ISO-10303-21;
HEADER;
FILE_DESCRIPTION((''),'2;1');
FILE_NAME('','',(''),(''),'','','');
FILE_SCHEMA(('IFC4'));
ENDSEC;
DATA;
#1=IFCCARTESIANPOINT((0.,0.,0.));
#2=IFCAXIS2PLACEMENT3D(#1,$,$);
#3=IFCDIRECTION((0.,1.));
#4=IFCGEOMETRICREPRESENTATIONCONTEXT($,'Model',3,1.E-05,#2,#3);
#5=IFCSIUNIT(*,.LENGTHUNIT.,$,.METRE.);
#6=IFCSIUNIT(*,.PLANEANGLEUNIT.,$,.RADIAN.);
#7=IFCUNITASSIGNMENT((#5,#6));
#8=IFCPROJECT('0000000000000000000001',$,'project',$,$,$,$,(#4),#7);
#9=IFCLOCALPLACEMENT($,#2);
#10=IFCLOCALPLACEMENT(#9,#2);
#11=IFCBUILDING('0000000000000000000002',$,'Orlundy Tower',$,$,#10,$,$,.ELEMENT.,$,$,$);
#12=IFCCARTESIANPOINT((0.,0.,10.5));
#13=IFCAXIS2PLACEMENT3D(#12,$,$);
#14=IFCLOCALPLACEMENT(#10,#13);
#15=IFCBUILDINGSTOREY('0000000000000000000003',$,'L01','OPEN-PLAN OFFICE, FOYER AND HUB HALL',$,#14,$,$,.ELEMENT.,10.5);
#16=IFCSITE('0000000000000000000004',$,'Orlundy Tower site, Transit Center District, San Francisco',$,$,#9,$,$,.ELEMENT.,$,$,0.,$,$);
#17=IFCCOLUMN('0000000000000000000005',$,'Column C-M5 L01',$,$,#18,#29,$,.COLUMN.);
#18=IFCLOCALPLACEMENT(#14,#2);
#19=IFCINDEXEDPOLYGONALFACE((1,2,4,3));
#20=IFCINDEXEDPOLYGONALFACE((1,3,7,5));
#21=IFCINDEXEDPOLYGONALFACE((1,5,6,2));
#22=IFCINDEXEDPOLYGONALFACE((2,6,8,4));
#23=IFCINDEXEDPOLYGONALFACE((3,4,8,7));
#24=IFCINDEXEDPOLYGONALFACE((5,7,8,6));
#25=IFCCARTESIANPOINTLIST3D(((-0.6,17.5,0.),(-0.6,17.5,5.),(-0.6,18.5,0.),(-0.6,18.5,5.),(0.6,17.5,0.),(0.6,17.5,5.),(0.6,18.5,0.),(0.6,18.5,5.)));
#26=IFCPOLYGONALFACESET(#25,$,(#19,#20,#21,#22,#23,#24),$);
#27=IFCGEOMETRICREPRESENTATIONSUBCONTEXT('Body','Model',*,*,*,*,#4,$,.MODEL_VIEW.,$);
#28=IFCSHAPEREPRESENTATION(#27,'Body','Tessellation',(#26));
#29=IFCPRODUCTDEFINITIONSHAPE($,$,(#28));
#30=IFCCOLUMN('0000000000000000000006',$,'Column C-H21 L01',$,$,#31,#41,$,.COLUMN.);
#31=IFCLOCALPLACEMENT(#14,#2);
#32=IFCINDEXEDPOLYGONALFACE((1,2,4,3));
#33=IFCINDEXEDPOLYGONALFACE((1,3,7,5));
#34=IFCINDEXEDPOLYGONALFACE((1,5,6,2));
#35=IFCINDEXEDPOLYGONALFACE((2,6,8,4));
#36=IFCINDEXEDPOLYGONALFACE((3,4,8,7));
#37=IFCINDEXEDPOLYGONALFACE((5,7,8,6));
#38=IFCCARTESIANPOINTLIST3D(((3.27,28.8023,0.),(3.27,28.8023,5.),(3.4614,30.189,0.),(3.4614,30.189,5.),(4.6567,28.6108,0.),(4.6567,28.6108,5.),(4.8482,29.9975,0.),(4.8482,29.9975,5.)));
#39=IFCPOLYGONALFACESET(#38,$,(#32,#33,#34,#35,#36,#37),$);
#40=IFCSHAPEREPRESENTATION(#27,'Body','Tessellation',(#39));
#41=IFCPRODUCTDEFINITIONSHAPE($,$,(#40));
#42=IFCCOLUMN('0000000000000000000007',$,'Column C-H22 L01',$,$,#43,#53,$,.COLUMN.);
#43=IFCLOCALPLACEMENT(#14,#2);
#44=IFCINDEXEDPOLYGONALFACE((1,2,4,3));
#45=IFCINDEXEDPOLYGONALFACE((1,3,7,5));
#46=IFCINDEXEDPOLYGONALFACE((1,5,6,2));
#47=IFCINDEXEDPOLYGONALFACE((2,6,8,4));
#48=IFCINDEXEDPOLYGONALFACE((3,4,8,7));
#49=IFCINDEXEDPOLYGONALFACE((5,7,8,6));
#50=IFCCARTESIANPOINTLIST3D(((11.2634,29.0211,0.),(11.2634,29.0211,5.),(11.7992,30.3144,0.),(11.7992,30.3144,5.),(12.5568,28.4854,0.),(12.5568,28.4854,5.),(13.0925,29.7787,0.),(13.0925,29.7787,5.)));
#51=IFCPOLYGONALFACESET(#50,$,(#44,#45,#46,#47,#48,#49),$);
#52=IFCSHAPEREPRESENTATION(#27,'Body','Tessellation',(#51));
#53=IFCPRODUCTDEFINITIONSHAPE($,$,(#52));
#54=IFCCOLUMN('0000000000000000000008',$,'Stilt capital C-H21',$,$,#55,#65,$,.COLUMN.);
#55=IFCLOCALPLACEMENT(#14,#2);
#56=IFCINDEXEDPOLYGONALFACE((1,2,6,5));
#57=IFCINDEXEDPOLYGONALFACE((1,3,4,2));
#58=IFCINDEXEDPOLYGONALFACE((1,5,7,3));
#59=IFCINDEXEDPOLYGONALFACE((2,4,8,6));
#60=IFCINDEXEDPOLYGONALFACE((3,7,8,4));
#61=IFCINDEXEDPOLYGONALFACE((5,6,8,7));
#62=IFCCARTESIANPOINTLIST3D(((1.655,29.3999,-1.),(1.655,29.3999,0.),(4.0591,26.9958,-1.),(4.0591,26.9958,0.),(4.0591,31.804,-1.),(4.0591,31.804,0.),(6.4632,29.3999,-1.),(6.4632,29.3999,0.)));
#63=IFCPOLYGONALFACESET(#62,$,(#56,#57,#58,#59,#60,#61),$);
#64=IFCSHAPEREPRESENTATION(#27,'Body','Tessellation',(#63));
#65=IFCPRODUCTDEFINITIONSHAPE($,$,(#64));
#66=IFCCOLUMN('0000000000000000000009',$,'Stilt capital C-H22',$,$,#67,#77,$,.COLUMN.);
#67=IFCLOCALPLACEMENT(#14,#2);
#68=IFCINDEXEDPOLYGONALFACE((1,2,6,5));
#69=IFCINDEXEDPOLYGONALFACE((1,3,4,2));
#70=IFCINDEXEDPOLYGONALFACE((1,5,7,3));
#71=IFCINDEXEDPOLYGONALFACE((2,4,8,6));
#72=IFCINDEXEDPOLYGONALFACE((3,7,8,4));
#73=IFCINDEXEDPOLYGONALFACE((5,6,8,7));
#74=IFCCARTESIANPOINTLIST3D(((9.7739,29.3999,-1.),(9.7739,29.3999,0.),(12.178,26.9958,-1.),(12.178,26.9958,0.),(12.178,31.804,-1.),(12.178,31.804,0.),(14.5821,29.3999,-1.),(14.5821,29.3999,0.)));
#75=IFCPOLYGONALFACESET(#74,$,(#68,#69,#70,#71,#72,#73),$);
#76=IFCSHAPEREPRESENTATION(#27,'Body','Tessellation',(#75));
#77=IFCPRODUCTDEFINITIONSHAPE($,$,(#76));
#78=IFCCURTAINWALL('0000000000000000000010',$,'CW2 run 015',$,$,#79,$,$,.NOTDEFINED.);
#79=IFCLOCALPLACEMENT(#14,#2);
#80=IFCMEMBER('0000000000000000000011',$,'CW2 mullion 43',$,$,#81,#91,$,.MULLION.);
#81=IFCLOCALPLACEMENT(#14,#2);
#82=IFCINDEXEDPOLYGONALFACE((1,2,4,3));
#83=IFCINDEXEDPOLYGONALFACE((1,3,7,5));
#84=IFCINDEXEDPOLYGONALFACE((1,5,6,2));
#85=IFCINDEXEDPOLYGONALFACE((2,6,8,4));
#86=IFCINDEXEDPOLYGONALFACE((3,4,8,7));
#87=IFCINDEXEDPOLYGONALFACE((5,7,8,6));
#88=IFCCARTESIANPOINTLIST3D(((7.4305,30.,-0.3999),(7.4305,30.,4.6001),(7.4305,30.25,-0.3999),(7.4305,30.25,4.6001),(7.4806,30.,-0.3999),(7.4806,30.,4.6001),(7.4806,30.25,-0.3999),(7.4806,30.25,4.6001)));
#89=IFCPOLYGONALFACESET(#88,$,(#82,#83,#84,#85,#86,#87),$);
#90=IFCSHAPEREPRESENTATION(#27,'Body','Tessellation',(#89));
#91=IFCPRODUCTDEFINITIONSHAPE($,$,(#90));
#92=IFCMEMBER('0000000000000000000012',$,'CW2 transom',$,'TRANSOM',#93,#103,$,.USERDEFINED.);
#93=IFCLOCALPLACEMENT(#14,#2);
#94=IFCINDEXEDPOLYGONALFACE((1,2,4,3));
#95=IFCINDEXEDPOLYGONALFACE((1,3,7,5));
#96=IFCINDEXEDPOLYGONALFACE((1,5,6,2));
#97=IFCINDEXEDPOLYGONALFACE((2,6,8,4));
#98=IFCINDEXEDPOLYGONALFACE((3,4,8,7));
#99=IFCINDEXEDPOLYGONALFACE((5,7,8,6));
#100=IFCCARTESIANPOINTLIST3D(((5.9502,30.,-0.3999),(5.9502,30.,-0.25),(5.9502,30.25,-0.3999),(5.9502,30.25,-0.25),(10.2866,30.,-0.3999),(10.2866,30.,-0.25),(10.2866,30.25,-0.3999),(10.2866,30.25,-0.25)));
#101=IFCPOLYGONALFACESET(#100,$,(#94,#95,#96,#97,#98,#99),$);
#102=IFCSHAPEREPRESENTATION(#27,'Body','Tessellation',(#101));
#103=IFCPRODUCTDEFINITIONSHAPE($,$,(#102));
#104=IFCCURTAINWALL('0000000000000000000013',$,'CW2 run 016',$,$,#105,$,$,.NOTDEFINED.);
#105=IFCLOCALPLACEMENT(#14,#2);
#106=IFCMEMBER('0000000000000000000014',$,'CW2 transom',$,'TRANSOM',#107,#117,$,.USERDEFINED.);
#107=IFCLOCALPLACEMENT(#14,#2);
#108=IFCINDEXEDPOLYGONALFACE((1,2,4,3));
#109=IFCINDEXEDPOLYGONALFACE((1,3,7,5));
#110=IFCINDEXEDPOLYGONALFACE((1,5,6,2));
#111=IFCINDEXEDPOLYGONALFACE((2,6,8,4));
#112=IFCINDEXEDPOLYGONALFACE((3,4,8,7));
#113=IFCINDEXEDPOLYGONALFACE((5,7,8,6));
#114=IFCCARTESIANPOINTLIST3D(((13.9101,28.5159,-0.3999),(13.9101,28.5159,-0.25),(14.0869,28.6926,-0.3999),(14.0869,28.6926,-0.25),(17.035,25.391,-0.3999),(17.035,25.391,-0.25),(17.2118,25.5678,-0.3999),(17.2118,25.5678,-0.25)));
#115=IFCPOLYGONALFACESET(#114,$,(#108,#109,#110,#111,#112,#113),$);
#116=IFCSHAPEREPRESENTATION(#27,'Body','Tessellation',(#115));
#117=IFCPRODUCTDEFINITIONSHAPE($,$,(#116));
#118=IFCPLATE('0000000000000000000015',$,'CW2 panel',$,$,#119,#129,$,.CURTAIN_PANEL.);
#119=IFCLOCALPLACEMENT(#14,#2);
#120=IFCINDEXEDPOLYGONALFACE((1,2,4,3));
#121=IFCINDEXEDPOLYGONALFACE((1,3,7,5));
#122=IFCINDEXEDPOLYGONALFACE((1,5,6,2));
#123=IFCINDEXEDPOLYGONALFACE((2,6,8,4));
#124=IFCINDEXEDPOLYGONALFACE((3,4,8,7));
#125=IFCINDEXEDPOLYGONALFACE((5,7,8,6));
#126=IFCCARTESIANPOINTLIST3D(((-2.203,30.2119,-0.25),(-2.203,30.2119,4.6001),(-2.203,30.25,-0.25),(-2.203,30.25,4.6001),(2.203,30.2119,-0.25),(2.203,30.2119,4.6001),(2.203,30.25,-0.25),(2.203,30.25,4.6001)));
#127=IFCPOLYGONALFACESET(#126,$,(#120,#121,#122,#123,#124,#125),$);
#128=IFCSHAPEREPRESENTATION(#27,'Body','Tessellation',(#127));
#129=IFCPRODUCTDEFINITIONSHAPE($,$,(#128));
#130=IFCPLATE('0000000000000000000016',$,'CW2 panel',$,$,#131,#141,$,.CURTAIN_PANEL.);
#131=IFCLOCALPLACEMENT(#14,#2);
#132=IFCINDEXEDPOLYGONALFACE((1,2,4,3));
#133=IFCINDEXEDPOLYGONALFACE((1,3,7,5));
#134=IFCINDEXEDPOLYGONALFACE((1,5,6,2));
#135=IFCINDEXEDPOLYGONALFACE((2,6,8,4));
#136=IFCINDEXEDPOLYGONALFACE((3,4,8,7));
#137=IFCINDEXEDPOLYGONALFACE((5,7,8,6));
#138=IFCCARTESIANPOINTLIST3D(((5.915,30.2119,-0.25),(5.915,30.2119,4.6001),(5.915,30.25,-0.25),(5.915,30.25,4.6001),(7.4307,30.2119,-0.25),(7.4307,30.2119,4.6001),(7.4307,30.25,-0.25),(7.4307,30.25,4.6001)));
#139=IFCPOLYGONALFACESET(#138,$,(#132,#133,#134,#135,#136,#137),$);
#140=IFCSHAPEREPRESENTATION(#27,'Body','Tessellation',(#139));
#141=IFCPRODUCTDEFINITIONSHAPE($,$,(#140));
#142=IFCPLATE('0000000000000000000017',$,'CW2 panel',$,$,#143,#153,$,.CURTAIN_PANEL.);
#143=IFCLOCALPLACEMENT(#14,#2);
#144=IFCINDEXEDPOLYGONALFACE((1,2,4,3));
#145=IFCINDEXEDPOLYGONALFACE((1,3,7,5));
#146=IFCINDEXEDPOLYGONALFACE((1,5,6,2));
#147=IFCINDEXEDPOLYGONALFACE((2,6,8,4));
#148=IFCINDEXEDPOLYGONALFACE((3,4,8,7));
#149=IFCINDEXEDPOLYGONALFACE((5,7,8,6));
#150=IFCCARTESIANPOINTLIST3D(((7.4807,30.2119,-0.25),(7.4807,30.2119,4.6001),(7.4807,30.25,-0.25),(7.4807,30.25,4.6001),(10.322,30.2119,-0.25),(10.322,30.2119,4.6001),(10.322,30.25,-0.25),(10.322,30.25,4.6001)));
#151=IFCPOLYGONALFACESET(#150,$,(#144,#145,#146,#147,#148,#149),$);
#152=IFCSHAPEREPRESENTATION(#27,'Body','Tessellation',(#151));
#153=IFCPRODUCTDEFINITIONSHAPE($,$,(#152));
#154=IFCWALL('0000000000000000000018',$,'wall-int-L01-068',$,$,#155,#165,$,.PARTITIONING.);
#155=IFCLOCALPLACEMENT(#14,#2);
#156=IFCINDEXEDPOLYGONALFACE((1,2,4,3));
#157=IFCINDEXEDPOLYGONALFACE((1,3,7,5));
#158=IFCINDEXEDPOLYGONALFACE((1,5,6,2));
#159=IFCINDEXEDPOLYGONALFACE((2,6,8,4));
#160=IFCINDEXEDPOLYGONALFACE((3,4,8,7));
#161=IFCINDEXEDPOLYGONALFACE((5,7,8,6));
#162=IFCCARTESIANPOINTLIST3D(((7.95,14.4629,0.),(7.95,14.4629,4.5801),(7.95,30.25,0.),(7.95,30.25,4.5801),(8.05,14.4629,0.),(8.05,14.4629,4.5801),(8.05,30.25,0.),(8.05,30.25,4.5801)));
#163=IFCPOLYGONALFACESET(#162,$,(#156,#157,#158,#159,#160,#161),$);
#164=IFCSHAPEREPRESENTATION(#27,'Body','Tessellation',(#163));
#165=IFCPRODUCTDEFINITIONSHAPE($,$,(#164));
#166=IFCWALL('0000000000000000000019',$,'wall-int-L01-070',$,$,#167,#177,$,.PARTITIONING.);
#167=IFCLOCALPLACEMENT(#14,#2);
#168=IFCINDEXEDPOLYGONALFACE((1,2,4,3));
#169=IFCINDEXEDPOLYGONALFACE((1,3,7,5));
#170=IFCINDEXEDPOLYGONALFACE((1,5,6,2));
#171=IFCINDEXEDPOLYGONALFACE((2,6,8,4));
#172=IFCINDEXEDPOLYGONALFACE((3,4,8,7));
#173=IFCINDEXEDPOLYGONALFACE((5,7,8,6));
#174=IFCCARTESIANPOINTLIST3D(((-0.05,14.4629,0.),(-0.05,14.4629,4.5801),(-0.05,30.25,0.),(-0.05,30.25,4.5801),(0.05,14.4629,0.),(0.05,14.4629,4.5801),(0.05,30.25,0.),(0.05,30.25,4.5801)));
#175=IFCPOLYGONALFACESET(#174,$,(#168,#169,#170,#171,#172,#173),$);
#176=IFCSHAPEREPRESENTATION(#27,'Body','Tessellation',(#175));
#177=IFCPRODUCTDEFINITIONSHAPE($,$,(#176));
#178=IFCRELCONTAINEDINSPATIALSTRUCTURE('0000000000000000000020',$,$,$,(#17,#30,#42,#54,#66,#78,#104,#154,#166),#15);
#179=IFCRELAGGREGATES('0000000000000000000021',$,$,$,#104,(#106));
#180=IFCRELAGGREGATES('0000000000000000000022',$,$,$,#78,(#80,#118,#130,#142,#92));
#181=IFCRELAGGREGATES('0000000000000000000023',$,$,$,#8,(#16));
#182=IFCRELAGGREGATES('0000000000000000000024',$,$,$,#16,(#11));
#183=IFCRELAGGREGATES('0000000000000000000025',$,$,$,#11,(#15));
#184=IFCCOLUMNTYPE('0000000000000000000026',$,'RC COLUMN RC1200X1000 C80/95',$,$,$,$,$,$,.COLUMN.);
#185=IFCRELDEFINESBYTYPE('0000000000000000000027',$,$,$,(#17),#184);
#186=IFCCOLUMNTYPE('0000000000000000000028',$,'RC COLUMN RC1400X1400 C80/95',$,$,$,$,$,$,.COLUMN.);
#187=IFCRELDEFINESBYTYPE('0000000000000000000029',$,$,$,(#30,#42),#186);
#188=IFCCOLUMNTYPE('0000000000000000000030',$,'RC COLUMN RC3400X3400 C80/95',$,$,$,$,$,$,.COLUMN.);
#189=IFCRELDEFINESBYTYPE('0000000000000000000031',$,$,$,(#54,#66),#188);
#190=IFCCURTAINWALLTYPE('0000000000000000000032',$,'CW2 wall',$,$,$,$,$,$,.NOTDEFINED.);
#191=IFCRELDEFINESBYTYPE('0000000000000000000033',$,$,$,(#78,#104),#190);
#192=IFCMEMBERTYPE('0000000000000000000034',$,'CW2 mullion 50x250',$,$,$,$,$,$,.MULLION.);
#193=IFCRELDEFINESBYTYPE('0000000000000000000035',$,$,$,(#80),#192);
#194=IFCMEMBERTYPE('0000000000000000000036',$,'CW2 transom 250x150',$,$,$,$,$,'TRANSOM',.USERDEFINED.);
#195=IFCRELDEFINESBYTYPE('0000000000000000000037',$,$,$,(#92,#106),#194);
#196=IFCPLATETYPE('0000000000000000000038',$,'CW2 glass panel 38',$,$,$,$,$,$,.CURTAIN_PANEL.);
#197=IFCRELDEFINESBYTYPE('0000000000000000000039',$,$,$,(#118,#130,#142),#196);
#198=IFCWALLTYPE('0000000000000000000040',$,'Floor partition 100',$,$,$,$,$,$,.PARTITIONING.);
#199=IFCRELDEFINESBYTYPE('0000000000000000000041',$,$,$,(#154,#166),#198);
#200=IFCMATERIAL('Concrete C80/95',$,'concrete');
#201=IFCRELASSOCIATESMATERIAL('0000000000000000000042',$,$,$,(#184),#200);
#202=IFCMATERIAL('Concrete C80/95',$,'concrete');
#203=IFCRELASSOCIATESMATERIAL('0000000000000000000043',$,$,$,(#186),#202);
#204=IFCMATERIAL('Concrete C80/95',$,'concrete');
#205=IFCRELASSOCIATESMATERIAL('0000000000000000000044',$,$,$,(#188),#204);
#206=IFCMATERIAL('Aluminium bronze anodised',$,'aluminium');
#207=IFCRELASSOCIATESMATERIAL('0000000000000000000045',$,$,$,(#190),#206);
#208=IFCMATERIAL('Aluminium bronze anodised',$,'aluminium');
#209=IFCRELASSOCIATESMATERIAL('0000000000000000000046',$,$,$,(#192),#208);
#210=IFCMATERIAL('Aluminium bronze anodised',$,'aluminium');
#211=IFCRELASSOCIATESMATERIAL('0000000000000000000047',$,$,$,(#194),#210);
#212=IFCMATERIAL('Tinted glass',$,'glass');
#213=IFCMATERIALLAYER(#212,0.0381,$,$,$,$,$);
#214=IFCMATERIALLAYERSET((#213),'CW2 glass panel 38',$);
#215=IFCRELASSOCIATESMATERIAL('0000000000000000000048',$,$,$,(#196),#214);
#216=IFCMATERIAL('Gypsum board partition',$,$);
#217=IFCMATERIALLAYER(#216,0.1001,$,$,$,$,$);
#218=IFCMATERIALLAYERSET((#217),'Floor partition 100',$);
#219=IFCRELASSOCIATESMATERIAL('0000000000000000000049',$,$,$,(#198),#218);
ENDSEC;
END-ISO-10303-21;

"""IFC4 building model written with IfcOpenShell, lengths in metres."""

from ifc_helpers import new_model, si_unit, direction, frame, frame_2d, origin, origin_2d, place, context, subcontext, project, spatial, rectangle, extrude, material, layer, layer_set, material_profile, profile_set, type_object, element, aggregate, save


model = new_model("IFC4")

# Units and contexts
model_context = context("Model", 3, precision=1e-05, world=origin(), true_north=direction((0.0, 1.0)))
body_context = subcontext(model_context, "Body", "Model", "MODEL_VIEW")
ifc_project = project(units=[si_unit("LENGTHUNIT", "METRE"), si_unit("PLANEANGLEUNIT", "RADIAN")], contexts=[model_context])

# Site, building, storey
site_placement = place(None, origin())
site = spatial("IfcSite", under=ifc_project, at=site_placement, Name="Orlundy Tower site, Transit Center District, San Francisco", CompositionType="ELEMENT", RefElevation=0.0)
building_placement = place(site_placement, origin())
building = spatial("IfcBuilding", under=site, at=building_placement, Name="Orlundy Tower", CompositionType="ELEMENT")
storey_placement = place(building_placement, frame((0.0, 0.0, 10.5)))
storey = spatial("IfcBuildingStorey", under=building, at=storey_placement, Name="L01", Description="OPEN-PLAN OFFICE, FOYER AND HUB HALL", CompositionType="ELEMENT", Elevation=10.5)

# Columns
ifc_material_1 = material(Name="Concrete C80/95", Category="concrete")
ifc_material_profile_1 = material_profile(ifc_material_1, rectangle(XDim=1.2, YDim=1.0, at=origin_2d()), Name="RC1200X1000")
ifc_profile_set_1 = profile_set([ifc_material_profile_1], Name="Concrete C80/95")
column_type_1 = type_object("IfcColumnType", Name="RC COLUMN RC1200X1000 C80/95", PredefinedType="COLUMN", material=ifc_profile_set_1)
column_placement = place(storey_placement, frame((0.0, 18.0, 0.0), z_axis=(0.0, 0.0, 1.0), x_axis=(1.0, 0.0, 0.0)))
element("IfcColumn", 1, at=column_placement, inside=storey, type_object=column_type_1, Name="Column C-M5 L01", PredefinedType="COLUMN", context=body_context, shape_type="SweptSolid", body=[
    extrude(rectangle(XDim=1.2, YDim=1.0, at=origin_2d()), origin(), (0.0, 0.0, 1.0), 5.0),
])
ifc_material_2 = material(Name="Concrete C80/95", Category="concrete")
ifc_material_profile_2 = material_profile(ifc_material_2, rectangle(XDim=1.3999, YDim=1.3999, at=origin_2d()), Name="RC1400X1400")
ifc_profile_set_2 = profile_set([ifc_material_profile_2], Name="Concrete C80/95")
column_type_2 = type_object("IfcColumnType", Name="RC COLUMN RC1400X1400 C80/95", PredefinedType="COLUMN", material=ifc_profile_set_2)
for number, where, z_axis, x_axis, name in (
    (2, (4.0591, 29.3999, 0.0), (0.0, 0.0, 1.0), (0.13677, 0.990603, 0.0), "Column C-H21 L01"),
    (3, (12.178, 29.3999, 0.0), (0.0, 0.0, 1.0), (0.382683, 0.92388, 0.0), "Column C-H22 L01"),
):
    element("IfcColumn", number, at=place(storey_placement, frame(where, z_axis=z_axis, x_axis=x_axis)), inside=storey, type_object=column_type_2, Name=name, PredefinedType="COLUMN", context=body_context, shape_type="SweptSolid", body=[
        extrude(rectangle(XDim=1.3999, YDim=1.3999, at=origin_2d()), origin(), (0.0, 0.0, 1.0), 5.0),
    ])
ifc_material_3 = material(Name="Concrete C80/95", Category="concrete")
ifc_material_profile_3 = material_profile(ifc_material_3, rectangle(XDim=3.3999, YDim=3.3999, at=origin_2d()), Name="RC3400X3400")
ifc_profile_set_3 = profile_set([ifc_material_profile_3], Name="Concrete C80/95")
column_type_3 = type_object("IfcColumnType", Name="RC COLUMN RC3400X3400 C80/95", PredefinedType="COLUMN", material=ifc_profile_set_3)
for number, where, z_axis, x_axis, name in (
    (4, (4.0591, 29.3999, -1.0), (0.0, 0.0, 1.0), (0.707107, 0.707107, 0.0), "Stilt capital C-H21"),
    (5, (12.178, 29.3999, -1.0), (0.0, 0.0, 1.0), (0.707107, 0.707107, 0.0), "Stilt capital C-H22"),
):
    element("IfcColumn", number, at=place(storey_placement, frame(where, z_axis=z_axis, x_axis=x_axis)), inside=storey, type_object=column_type_3, Name=name, PredefinedType="COLUMN", context=body_context, shape_type="SweptSolid", body=[
        extrude(rectangle(XDim=3.3999, YDim=3.3999, at=origin_2d()), origin(), (0.0, 0.0, 1.0), 1.0),
    ])

# Curtain wall, members
ifc_material_4 = material(Name="Aluminium bronze anodised", Category="aluminium")
curtain_wall_type = type_object("IfcCurtainWallType", Name="CW2 wall", PredefinedType="NOTDEFINED", material=ifc_material_4)
curtain_wall_1_placement = place(storey_placement, origin())
curtain_wall_1 = element("IfcCurtainWall", 6, at=curtain_wall_1_placement, inside=storey, type_object=curtain_wall_type, Name="CW2 run 015", PredefinedType="NOTDEFINED")
ifc_material_5 = material(Name="Aluminium bronze anodised", Category="aluminium")
ifc_material_profile_4 = material_profile(ifc_material_5, rectangle(XDim=0.25, YDim=0.05, at=origin_2d()), Name="CW2 mullion 50x250")
ifc_profile_set_4 = profile_set([ifc_material_profile_4], Name="Aluminium bronze anodised")
member_type_1 = type_object("IfcMemberType", Name="CW2 mullion 50x250", PredefinedType="MULLION", material=ifc_profile_set_4)
member_1_placement = place(storey_placement, frame((7.4556, 30.125, -0.3999), z_axis=(0.0, 0.0, 1.0), x_axis=(0.0, 1.0, 0.0)))
member_1 = element("IfcMember", 7, at=member_1_placement, type_object=member_type_1, Name="CW2 mullion 43", PredefinedType="MULLION", context=body_context, shape_type="SweptSolid", body=[
    extrude(rectangle(XDim=0.25, YDim=0.05, at=origin_2d()), origin(), (0.0, 0.0, 1.0), 5.0),
])
ifc_material_6 = material(Name="Aluminium bronze anodised", Category="aluminium")
ifc_material_profile_5 = material_profile(ifc_material_6, rectangle(XDim=0.25, YDim=0.1499, at=origin_2d()), Name="CW2 transom 250x150")
ifc_profile_set_5 = profile_set([ifc_material_profile_5], Name="Aluminium bronze anodised")
member_type_2 = type_object("IfcMemberType", Name="CW2 transom 250x150", ElementType="TRANSOM", PredefinedType="USERDEFINED", material=ifc_profile_set_5)
member_2_placement = place(storey_placement, frame((5.9502, 30.125, -0.325), z_axis=(1.0, 0.0, 0.0), x_axis=(0.0, 1.0, 0.0)))
member_2 = element("IfcMember", 8, at=member_2_placement, type_object=member_type_2, Name="CW2 transom", ObjectType="TRANSOM", PredefinedType="USERDEFINED", context=body_context, shape_type="SweptSolid", body=[
    extrude(rectangle(XDim=0.25, YDim=0.1499, at=origin_2d()), origin(), (0.0, 0.0, 1.0), 4.3364),
])

# Curtain wall, member
curtain_wall_2_placement = place(storey_placement, origin())
curtain_wall_2 = element("IfcCurtainWall", 9, at=curtain_wall_2_placement, inside=storey, type_object=curtain_wall_type, Name="CW2 run 016", PredefinedType="NOTDEFINED")
member_3_placement = place(storey_placement, frame((13.9985, 28.6042, -0.325), z_axis=(0.707107, -0.707107, 0.0), x_axis=(0.707107, 0.707107, 0.0)))
member_3 = element("IfcMember", 10, at=member_3_placement, type_object=member_type_2, Name="CW2 transom", ObjectType="TRANSOM", PredefinedType="USERDEFINED", context=body_context, shape_type="SweptSolid", body=[
    extrude(rectangle(XDim=0.25, YDim=0.1499, at=origin_2d()), origin(), (0.0, 0.0, 1.0), 4.4192),
])
aggregate(curtain_wall_2, [member_3])

# Plates
ifc_material_7 = material(Name="Tinted glass", Category="glass")
ifc_layer_1 = layer(ifc_material_7, 0.0381)
ifc_layer_set_1 = layer_set([ifc_layer_1], Name="CW2 glass panel 38")
plate_type = type_object("IfcPlateType", Name="CW2 glass panel 38", PredefinedType="CURTAIN_PANEL", material=ifc_layer_set_1)
plate_1_placement = place(storey_placement, frame((0.0, 30.231, -0.25), z_axis=(0.0, 0.0, 1.0), x_axis=(1.0, 0.0, 0.0)))
plate_1 = element("IfcPlate", 11, at=plate_1_placement, type_object=plate_type, Name="CW2 panel", PredefinedType="CURTAIN_PANEL", context=body_context, shape_type="SweptSolid", body=[
    extrude(rectangle(XDim=4.406, YDim=0.0381, at=origin_2d()), origin(), (0.0, 0.0, 1.0), 4.8501),
])
plate_2_placement = place(storey_placement, frame((6.6729, 30.231, -0.25), z_axis=(0.0, 0.0, 1.0), x_axis=(1.0, 0.0, 0.0)))
plate_2 = element("IfcPlate", 12, at=plate_2_placement, type_object=plate_type, Name="CW2 panel", PredefinedType="CURTAIN_PANEL", context=body_context, shape_type="SweptSolid", body=[
    extrude(rectangle(XDim=1.5156, YDim=0.0381, at=origin_2d()), origin(), (0.0, 0.0, 1.0), 4.8501),
])
plate_3_placement = place(storey_placement, frame((8.9014, 30.231, -0.25), z_axis=(0.0, 0.0, 1.0), x_axis=(1.0, 0.0, 0.0)))
plate_3 = element("IfcPlate", 13, at=plate_3_placement, type_object=plate_type, Name="CW2 panel", PredefinedType="CURTAIN_PANEL", context=body_context, shape_type="SweptSolid", body=[
    extrude(rectangle(XDim=2.8413, YDim=0.0381, at=origin_2d()), origin(), (0.0, 0.0, 1.0), 4.8501),
])
aggregate(curtain_wall_1, [member_1, plate_1, plate_2, plate_3, member_2])

# Walls
ifc_material_8 = material(Name="Gypsum board partition")
ifc_layer_2 = layer(ifc_material_8, 0.1001)
ifc_layer_set_2 = layer_set([ifc_layer_2], Name="Floor partition 100")
wall_type_1 = type_object("IfcWallType", Name="Floor partition 100", PredefinedType="PARTITIONING", material=ifc_layer_set_2)
for number, where, z_axis, x_axis, name in (
    (14, (8.0, 14.4629, 0.0), (0.0, 0.0, 1.0), (0.0, 1.0, 0.0), "wall-int-L01-068"),
    (15, (0.0, 14.4629, 0.0), (0.0, 0.0, 1.0), (0.0, 1.0, 0.0), "wall-int-L01-070"),
):
    element("IfcWall", number, at=place(storey_placement, frame(where, z_axis=z_axis, x_axis=x_axis)), inside=storey, type_object=wall_type_1, Name=name, PredefinedType="PARTITIONING", context=body_context, shape_type="SweptSolid", body=[
        extrude(rectangle(XDim=15.7871, YDim=0.1001, at=frame_2d((7.8936, 0.0))), origin(), (0.0, 0.0, 1.0), 4.5801),
    ])

save(model, "model.ifc")
